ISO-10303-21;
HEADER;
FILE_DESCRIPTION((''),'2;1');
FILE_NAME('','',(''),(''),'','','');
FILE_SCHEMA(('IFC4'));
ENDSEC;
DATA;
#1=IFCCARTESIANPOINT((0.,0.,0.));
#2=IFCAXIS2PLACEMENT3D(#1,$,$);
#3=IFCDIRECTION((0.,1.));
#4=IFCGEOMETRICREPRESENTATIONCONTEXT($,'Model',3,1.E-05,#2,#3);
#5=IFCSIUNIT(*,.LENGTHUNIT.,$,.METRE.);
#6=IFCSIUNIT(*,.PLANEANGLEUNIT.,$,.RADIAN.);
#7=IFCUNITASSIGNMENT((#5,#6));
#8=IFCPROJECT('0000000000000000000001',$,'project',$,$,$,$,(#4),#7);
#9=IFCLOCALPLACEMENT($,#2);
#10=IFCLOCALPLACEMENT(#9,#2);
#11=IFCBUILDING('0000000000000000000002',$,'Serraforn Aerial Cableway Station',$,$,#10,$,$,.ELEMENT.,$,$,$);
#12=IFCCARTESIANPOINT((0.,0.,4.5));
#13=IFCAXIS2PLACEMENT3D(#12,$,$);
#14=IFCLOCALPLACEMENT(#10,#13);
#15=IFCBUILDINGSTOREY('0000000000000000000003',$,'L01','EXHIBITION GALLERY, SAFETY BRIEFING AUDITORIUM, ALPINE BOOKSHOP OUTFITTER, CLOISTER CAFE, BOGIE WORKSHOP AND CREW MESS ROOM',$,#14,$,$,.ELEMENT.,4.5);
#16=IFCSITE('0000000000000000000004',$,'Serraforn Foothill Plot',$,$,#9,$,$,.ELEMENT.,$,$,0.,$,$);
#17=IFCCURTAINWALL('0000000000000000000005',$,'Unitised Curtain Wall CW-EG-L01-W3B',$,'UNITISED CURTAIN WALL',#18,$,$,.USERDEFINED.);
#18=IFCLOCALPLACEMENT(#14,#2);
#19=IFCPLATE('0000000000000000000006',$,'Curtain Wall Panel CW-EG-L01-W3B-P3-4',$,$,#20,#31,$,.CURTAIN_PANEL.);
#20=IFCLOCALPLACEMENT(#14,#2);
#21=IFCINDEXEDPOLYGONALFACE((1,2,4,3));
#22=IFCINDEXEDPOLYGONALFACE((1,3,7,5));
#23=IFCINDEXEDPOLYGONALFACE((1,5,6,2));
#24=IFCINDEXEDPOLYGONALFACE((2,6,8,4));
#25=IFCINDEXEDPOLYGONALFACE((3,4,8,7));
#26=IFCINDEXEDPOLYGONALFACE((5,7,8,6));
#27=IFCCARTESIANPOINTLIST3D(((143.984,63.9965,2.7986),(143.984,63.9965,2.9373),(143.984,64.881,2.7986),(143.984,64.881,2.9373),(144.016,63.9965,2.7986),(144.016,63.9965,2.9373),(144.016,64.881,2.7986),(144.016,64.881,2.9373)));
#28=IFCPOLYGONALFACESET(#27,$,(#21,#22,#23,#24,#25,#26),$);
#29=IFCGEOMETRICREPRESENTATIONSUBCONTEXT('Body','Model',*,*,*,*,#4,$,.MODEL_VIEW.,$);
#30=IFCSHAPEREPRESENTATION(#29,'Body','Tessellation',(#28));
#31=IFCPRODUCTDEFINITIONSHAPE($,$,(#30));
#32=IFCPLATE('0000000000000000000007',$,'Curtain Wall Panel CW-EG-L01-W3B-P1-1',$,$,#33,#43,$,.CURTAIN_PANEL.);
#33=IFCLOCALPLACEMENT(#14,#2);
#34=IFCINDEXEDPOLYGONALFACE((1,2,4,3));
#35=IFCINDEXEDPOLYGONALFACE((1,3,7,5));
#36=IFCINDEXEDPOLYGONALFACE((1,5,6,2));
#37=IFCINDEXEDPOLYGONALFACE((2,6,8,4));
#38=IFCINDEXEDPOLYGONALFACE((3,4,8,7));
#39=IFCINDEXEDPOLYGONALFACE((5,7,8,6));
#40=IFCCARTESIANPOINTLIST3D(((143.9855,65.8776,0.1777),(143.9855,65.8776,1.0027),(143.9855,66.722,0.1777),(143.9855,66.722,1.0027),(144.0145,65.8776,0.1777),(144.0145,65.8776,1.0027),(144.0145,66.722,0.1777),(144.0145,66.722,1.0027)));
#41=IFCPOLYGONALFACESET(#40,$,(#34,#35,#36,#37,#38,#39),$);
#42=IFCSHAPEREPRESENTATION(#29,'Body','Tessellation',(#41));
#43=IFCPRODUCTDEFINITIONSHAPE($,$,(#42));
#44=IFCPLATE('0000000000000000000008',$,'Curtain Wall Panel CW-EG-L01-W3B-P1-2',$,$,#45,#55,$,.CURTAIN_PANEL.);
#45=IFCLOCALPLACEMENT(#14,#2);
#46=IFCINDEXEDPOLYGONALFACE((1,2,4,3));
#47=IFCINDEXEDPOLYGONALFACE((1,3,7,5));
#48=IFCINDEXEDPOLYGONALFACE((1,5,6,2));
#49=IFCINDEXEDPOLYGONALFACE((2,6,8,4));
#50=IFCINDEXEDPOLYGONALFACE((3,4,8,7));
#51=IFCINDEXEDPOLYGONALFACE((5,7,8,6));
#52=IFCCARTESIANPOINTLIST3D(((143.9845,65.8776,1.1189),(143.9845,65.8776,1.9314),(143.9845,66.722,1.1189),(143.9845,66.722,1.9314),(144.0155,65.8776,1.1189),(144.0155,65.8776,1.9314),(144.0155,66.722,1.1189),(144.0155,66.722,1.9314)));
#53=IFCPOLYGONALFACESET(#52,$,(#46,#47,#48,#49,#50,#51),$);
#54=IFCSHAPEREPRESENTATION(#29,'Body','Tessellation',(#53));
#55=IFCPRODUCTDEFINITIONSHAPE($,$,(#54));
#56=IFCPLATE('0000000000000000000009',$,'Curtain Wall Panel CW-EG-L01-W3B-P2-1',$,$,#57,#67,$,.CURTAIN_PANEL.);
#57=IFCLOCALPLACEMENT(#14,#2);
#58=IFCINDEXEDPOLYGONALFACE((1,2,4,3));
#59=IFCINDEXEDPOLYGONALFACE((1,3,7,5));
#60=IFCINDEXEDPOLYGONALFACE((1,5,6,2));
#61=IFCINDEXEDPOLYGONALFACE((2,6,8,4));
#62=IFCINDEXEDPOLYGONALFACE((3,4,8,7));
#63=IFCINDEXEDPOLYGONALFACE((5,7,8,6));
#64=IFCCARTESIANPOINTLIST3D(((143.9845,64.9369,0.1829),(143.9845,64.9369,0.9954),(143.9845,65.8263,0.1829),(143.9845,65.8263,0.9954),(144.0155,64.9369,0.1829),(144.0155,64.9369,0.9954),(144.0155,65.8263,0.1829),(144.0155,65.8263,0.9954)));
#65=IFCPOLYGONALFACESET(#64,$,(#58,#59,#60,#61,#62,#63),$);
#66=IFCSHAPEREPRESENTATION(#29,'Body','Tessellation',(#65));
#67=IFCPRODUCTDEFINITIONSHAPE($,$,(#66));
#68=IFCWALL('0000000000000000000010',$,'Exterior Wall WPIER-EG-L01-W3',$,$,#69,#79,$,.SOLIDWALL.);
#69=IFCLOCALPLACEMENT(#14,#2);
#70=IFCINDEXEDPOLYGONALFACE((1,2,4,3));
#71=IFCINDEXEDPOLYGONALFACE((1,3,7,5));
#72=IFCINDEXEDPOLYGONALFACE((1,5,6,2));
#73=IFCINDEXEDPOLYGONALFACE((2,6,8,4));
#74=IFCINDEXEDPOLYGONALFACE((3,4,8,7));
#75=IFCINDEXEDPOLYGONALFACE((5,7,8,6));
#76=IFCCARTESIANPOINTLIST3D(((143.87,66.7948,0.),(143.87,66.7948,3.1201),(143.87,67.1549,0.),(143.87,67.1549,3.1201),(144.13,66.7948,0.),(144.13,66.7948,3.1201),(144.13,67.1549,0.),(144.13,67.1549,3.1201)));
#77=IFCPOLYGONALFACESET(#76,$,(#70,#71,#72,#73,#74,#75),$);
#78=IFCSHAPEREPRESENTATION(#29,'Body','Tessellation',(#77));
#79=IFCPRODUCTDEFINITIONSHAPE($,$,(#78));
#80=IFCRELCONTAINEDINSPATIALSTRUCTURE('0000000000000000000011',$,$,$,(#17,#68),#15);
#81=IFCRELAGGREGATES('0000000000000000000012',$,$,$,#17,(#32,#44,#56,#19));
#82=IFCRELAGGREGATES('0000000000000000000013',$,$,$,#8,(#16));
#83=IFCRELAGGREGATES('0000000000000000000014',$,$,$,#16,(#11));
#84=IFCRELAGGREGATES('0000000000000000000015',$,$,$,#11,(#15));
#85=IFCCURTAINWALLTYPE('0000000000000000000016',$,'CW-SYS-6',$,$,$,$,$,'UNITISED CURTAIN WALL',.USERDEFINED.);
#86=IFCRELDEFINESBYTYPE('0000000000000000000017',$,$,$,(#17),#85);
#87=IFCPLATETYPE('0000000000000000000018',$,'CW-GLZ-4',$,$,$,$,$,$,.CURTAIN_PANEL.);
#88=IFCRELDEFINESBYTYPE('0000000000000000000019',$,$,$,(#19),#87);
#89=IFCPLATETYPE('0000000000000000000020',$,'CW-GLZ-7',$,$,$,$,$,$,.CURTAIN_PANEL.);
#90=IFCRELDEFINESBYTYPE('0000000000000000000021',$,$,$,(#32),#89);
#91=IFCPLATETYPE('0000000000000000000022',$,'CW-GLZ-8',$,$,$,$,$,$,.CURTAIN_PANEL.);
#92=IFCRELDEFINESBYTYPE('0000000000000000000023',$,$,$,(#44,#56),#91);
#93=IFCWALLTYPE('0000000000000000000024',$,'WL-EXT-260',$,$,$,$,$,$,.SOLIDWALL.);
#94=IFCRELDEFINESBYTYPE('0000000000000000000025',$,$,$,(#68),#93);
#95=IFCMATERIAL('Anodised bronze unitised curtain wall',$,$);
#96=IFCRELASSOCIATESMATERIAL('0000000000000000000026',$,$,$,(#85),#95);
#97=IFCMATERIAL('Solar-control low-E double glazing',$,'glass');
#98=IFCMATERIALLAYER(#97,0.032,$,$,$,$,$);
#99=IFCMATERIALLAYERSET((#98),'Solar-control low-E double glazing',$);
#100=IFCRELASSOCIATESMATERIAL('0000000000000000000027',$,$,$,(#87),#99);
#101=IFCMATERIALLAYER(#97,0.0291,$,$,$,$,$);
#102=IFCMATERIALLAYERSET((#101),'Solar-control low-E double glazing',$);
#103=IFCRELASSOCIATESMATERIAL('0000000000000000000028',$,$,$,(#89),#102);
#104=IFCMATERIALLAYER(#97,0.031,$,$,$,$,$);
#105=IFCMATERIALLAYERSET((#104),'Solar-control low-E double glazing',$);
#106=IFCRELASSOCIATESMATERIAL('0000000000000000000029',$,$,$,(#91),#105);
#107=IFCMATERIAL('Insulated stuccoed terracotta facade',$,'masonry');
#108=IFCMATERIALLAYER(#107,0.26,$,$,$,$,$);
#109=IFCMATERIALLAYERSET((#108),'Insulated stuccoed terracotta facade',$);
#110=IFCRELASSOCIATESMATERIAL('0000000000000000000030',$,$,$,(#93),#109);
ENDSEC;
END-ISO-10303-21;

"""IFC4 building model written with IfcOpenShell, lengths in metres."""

from ifc_helpers import new_model, si_unit, direction, frame, frame_2d, origin, origin_2d, place, context, subcontext, project, spatial, rectangle, extrude, material, layer, layer_set, type_object, element, aggregate, save


model = new_model("IFC4")

# Units and contexts
model_context = context("Model", 3, precision=1e-05, world=origin(), true_north=direction((0.0, 1.0)))
body_context = subcontext(model_context, "Body", "Model", "MODEL_VIEW")
ifc_project = project(units=[si_unit("LENGTHUNIT", "METRE"), si_unit("PLANEANGLEUNIT", "RADIAN")], contexts=[model_context])

# Site, building, storey
site_placement = place(None, origin())
site = spatial("IfcSite", under=ifc_project, at=site_placement, Name="Serraforn Foothill Plot", CompositionType="ELEMENT", RefElevation=0.0)
building_placement = place(site_placement, origin())
building = spatial("IfcBuilding", under=site, at=building_placement, Name="Serraforn Aerial Cableway Station", CompositionType="ELEMENT")
storey_placement = place(building_placement, frame((0.0, 0.0, 4.5)))
storey = spatial("IfcBuildingStorey", under=building, at=storey_placement, Name="L01", Description="EXHIBITION GALLERY, SAFETY BRIEFING AUDITORIUM, ALPINE BOOKSHOP OUTFITTER, CLOISTER CAFE, BOGIE WORKSHOP AND CREW MESS ROOM", CompositionType="ELEMENT", Elevation=4.5)

# Curtain wall
ifc_material_1 = material(Name="Anodised bronze unitised curtain wall")
curtain_wall_type_1 = type_object("IfcCurtainWallType", Name="CW-SYS-6", ElementType="UNITISED CURTAIN WALL", PredefinedType="USERDEFINED", material=ifc_material_1)
curtain_wall_1_placement = place(storey_placement, origin())
curtain_wall_1 = element("IfcCurtainWall", 1, at=curtain_wall_1_placement, inside=storey, type_object=curtain_wall_type_1, Name="Unitised Curtain Wall CW-EG-L01-W3B", ObjectType="UNITISED CURTAIN WALL", PredefinedType="USERDEFINED")

# Plates
ifc_material_2 = material(Name="Solar-control low-E double glazing", Category="glass")
ifc_layer_1 = layer(ifc_material_2, 0.032)
ifc_layer_set_1 = layer_set([ifc_layer_1], Name="Solar-control low-E double glazing")
plate_type_1 = type_object("IfcPlateType", Name="CW-GLZ-4", PredefinedType="CURTAIN_PANEL", material=ifc_layer_set_1)
plate_1_placement = place(storey_placement, frame((144.0, 64.4387, 2.7986), z_axis=(0.0, 0.0, 1.0), x_axis=(1.0, 0.0, 0.0)))
plate_1 = element("IfcPlate", 2, at=plate_1_placement, type_object=plate_type_1, Name="Curtain Wall Panel CW-EG-L01-W3B-P3-4", PredefinedType="CURTAIN_PANEL", context=body_context, shape_type="SweptSolid", body=[
    extrude(rectangle(XDim=0.032, YDim=0.8845, at=origin_2d()), origin(), (0.0, 0.0, 1.0), 0.1387),
])
ifc_layer_2 = layer(ifc_material_2, 0.0291)
ifc_layer_set_2 = layer_set([ifc_layer_2], Name="Solar-control low-E double glazing")
plate_type_2 = type_object("IfcPlateType", Name="CW-GLZ-7", PredefinedType="CURTAIN_PANEL", material=ifc_layer_set_2)
plate_2_placement = place(storey_placement, frame((144.0, 66.2998, 0.1777), z_axis=(0.0, 0.0, 1.0), x_axis=(1.0, 0.0, 0.0)))
plate_2 = element("IfcPlate", 3, at=plate_2_placement, type_object=plate_type_2, Name="Curtain Wall Panel CW-EG-L01-W3B-P1-1", PredefinedType="CURTAIN_PANEL", context=body_context, shape_type="SweptSolid", body=[
    extrude(rectangle(XDim=0.0291, YDim=0.8445, at=origin_2d()), origin(), (0.0, 0.0, 1.0), 0.825),
])
ifc_layer_3 = layer(ifc_material_2, 0.031)
ifc_layer_set_3 = layer_set([ifc_layer_3], Name="Solar-control low-E double glazing")
plate_type_3 = type_object("IfcPlateType", Name="CW-GLZ-8", PredefinedType="CURTAIN_PANEL", material=ifc_layer_set_3)
plate_3_placement = place(storey_placement, frame((144.0, 66.2998, 1.1189), z_axis=(0.0, 0.0, 1.0), x_axis=(1.0, 0.0, 0.0)))
plate_3 = element("IfcPlate", 4, at=plate_3_placement, type_object=plate_type_3, Name="Curtain Wall Panel CW-EG-L01-W3B-P1-2", PredefinedType="CURTAIN_PANEL", context=body_context, shape_type="SweptSolid", body=[
    extrude(rectangle(XDim=0.031, YDim=0.8445, at=origin_2d()), origin(), (0.0, 0.0, 1.0), 0.8125),
])
plate_4_placement = place(storey_placement, frame((144.0, 65.3816, 0.1829), z_axis=(0.0, 0.0, 1.0), x_axis=(1.0, 0.0, 0.0)))
plate_4 = element("IfcPlate", 5, at=plate_4_placement, type_object=plate_type_3, Name="Curtain Wall Panel CW-EG-L01-W3B-P2-1", PredefinedType="CURTAIN_PANEL", context=body_context, shape_type="SweptSolid", body=[
    extrude(rectangle(XDim=0.031, YDim=0.8894, at=origin_2d()), origin(), (0.0, 0.0, 1.0), 0.8125),
])
aggregate(curtain_wall_1, [plate_2, plate_3, plate_4, plate_1])

# Wall
ifc_material_3 = material(Name="Insulated stuccoed terracotta facade", Category="masonry")
ifc_layer_4 = layer(ifc_material_3, 0.26)
ifc_layer_set_4 = layer_set([ifc_layer_4], Name="Insulated stuccoed terracotta facade")
wall_type = type_object("IfcWallType", Name="WL-EXT-260", PredefinedType="SOLIDWALL", material=ifc_layer_set_4)
wall_placement = place(storey_placement, frame((144.0, 67.155, 0.0), z_axis=(0.0, 0.0, 1.0), x_axis=(0.0, -1.0, 0.0)))
element("IfcWall", 6, at=wall_placement, inside=storey, type_object=wall_type, Name="Exterior Wall WPIER-EG-L01-W3", PredefinedType="SOLIDWALL", context=body_context, shape_type="SweptSolid", body=[
    extrude(rectangle(XDim=0.3601, YDim=0.26, at=frame_2d((0.1802, 0.0))), origin(), (0.0, 0.0, 1.0), 3.1201),
])

save(model, "model.ifc")
